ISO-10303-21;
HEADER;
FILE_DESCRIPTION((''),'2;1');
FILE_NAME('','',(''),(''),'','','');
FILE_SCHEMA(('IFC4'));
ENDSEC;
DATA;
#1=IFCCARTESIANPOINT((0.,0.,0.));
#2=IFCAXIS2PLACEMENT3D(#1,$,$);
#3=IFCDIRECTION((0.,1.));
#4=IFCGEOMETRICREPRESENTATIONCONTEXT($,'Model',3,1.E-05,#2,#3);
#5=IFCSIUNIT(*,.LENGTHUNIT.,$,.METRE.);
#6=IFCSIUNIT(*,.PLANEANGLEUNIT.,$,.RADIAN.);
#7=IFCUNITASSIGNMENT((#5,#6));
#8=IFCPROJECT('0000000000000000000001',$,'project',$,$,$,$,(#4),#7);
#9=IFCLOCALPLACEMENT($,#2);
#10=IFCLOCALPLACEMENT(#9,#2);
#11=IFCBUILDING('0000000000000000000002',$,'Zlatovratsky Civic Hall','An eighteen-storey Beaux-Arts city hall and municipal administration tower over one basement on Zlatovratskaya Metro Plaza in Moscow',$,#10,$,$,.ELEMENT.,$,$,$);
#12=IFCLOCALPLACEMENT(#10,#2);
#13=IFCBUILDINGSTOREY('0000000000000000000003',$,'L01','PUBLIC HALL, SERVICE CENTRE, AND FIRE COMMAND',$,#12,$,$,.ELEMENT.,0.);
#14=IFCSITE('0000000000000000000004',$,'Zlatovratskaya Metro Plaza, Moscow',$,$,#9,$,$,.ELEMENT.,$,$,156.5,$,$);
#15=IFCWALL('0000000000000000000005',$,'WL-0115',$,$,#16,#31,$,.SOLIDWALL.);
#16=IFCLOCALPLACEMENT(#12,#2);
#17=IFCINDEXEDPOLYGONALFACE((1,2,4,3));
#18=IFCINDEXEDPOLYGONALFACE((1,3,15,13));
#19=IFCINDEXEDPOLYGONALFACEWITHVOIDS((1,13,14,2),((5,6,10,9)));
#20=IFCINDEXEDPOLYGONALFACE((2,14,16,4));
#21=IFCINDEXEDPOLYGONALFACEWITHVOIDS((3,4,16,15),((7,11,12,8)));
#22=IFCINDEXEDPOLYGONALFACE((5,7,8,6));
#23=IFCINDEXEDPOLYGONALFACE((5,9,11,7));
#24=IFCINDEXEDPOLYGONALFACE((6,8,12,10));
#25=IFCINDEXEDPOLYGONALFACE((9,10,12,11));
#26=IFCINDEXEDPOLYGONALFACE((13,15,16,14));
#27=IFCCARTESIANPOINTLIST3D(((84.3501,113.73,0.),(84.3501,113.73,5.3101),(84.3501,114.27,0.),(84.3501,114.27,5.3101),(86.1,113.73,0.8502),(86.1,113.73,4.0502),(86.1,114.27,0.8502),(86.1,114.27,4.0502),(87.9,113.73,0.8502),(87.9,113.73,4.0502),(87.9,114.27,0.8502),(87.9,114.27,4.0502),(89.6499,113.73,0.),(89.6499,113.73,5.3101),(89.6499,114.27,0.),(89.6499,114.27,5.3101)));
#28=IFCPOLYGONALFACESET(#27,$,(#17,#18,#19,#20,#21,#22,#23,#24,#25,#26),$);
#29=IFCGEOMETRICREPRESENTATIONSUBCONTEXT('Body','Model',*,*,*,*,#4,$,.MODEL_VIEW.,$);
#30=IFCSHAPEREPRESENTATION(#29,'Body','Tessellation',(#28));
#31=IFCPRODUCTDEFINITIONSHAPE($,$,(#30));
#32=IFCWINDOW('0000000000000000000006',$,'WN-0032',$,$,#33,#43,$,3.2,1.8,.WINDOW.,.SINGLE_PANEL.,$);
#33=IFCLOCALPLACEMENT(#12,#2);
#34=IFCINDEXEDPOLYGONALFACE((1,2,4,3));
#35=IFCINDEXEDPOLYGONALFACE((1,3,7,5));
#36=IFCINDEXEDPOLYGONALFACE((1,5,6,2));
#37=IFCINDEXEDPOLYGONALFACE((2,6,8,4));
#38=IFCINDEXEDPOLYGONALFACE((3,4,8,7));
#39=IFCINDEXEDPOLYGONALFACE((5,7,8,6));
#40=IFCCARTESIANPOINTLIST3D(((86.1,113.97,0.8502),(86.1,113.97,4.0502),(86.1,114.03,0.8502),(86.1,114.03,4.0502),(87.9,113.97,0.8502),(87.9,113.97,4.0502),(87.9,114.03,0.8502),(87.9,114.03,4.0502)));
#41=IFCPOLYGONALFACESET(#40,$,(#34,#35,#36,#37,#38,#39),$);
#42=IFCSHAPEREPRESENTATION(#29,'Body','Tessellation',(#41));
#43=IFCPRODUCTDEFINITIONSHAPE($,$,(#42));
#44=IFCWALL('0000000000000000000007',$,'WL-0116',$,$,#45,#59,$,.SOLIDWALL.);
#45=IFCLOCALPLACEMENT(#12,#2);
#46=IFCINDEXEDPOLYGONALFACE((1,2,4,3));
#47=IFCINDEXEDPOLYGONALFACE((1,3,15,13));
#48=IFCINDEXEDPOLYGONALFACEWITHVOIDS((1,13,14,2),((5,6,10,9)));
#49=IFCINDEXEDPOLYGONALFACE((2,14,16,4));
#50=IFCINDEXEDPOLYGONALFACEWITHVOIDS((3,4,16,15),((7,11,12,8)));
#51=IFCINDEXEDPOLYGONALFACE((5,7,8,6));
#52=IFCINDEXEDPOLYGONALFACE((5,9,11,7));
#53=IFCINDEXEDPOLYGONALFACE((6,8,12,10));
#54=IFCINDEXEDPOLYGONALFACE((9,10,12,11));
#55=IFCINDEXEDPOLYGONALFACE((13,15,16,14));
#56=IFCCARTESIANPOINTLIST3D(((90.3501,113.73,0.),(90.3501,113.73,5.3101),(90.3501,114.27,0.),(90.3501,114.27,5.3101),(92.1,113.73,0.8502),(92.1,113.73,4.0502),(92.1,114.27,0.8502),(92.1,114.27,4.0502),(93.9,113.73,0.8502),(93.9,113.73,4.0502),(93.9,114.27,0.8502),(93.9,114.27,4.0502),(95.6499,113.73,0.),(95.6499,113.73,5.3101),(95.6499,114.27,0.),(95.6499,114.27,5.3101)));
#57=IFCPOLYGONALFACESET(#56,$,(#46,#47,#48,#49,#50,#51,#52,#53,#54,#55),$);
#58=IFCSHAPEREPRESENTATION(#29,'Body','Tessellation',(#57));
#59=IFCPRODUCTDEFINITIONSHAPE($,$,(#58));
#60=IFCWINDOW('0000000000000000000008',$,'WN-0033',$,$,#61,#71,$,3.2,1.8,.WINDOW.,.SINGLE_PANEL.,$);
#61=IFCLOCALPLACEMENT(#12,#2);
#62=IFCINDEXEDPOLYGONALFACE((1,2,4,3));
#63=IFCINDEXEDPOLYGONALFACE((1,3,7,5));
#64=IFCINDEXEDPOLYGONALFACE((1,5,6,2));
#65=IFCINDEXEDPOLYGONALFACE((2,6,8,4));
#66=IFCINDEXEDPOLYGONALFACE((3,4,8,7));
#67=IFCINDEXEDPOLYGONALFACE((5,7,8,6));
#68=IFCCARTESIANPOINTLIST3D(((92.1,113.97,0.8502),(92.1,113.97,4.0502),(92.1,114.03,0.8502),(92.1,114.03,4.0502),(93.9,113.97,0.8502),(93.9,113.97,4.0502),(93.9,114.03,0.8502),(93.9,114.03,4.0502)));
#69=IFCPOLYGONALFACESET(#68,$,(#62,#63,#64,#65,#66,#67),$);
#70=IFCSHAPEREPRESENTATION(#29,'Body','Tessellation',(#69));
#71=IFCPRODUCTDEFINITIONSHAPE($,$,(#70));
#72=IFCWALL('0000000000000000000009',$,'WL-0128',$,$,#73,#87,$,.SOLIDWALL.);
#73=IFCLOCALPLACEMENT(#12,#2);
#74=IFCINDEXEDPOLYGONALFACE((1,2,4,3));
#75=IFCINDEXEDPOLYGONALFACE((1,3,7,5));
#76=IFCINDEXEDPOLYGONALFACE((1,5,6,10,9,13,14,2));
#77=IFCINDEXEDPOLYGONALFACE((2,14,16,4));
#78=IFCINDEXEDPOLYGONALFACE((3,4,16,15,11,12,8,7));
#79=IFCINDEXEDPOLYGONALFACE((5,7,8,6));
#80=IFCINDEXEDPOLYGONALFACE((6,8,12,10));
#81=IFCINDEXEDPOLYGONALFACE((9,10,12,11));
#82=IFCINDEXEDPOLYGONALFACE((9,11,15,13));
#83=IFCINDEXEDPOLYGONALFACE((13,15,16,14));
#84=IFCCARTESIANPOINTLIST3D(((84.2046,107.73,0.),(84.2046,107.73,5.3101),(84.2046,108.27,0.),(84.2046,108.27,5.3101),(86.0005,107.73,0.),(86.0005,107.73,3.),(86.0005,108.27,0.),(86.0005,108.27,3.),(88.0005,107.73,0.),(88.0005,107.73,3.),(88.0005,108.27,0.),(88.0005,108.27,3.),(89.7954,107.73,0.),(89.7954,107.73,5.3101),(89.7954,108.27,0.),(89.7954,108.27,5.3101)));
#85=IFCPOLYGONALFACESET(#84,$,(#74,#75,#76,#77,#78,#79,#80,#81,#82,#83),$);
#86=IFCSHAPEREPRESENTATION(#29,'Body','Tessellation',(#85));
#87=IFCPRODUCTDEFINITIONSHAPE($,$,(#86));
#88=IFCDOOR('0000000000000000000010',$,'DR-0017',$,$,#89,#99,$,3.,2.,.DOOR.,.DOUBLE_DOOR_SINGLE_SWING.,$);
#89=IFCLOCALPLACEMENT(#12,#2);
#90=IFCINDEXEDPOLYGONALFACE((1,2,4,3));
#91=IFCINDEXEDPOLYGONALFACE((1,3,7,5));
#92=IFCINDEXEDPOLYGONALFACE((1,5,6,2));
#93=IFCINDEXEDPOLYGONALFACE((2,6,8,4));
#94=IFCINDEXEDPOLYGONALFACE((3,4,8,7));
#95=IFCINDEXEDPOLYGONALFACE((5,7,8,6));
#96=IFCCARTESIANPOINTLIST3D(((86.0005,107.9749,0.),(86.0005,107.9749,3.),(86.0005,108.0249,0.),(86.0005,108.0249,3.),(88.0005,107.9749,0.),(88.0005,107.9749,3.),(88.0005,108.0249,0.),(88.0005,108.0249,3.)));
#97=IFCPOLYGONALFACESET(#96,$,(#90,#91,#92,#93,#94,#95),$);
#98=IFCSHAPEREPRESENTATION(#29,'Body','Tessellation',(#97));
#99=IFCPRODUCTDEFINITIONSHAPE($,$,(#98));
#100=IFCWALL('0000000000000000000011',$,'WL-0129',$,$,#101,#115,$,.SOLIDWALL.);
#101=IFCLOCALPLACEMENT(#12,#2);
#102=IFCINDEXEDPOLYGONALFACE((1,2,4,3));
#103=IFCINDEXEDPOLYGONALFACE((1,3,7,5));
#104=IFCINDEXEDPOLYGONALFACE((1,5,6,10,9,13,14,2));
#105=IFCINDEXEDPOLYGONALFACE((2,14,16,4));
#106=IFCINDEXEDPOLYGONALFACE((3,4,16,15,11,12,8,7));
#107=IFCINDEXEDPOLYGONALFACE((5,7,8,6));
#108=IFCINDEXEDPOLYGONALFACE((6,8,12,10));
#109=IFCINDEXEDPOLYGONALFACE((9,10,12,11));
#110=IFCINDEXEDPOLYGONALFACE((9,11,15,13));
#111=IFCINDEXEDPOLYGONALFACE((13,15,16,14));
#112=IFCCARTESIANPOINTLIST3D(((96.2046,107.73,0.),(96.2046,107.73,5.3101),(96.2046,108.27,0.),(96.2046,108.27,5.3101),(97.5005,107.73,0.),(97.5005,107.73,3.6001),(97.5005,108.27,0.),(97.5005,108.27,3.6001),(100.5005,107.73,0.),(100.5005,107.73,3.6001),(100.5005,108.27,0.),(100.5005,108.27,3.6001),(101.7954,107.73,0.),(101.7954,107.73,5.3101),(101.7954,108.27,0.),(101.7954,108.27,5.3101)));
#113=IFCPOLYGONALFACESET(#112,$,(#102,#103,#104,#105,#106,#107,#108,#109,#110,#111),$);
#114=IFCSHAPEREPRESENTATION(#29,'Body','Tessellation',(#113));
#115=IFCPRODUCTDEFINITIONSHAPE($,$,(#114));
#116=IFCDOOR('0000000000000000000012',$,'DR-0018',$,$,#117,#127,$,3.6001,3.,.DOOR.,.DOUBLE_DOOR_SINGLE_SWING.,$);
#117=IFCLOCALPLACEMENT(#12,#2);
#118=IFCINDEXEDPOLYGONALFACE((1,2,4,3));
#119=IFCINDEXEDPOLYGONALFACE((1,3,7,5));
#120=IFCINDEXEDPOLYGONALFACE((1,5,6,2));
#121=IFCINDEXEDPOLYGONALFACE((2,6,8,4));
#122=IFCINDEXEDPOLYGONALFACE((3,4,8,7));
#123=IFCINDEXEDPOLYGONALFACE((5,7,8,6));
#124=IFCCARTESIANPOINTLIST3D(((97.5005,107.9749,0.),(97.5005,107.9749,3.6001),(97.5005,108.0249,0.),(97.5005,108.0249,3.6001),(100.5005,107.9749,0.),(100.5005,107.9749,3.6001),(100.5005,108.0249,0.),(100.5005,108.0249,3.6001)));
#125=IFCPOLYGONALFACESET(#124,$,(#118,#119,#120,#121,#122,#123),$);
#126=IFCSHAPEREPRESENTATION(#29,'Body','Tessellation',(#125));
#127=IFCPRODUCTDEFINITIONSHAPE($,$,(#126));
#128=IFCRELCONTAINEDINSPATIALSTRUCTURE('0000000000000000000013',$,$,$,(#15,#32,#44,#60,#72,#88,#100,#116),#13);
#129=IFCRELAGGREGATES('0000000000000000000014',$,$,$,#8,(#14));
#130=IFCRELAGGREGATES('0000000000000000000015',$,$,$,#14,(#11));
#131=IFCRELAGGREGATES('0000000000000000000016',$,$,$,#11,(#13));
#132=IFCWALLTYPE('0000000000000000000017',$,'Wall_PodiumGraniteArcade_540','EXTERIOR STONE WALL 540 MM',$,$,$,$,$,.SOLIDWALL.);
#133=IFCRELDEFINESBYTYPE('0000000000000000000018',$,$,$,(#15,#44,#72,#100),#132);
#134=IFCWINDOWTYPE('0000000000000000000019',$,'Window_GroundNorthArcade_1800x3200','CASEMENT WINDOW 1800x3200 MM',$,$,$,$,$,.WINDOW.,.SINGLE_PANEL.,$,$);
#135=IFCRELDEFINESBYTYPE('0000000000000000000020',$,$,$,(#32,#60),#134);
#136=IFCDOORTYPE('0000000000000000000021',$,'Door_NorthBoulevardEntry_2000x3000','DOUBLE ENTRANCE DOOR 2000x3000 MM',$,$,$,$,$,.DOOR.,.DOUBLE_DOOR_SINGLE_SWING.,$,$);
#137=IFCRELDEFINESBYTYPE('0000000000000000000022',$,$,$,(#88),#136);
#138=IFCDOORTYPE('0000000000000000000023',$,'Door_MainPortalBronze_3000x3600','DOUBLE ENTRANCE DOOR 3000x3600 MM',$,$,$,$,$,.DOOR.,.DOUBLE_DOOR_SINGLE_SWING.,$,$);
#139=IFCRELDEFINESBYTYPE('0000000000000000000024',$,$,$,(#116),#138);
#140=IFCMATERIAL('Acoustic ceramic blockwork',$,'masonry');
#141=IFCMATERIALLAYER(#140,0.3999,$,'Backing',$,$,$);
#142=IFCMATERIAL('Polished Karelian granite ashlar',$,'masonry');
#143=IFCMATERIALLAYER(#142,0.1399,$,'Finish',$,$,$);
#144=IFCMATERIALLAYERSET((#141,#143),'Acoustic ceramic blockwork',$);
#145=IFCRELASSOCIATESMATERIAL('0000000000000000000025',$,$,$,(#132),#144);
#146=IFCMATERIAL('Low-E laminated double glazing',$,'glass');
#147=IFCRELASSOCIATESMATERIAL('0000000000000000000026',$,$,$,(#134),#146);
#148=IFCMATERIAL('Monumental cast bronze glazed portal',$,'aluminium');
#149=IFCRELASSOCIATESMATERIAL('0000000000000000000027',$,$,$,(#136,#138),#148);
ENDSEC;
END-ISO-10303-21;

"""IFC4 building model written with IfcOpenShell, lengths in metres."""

from ifc_helpers import new_model, si_unit, direction, frame, frame_2d, origin, place, context, subcontext, project, spatial, rectangle, extrude, material, layer, layer_set, type_object, element, fill, save


model = new_model("IFC4")

# Units and contexts
model_context = context("Model", 3, precision=1e-05, world=origin(), true_north=direction((0.0, 1.0)))
body_context = subcontext(model_context, "Body", "Model", "MODEL_VIEW")
ifc_project = project(units=[si_unit("LENGTHUNIT", "METRE"), si_unit("PLANEANGLEUNIT", "RADIAN")], contexts=[model_context])

# Site, building, storey
site_placement = place(None, origin())
site = spatial("IfcSite", under=ifc_project, at=site_placement, Name="Zlatovratskaya Metro Plaza, Moscow", CompositionType="ELEMENT", RefElevation=156.5)
building_placement = place(site_placement, origin())
building = spatial("IfcBuilding", under=site, at=building_placement, Name="Zlatovratsky Civic Hall", Description="An eighteen-storey Beaux-Arts city hall and municipal administration tower over one basement on Zlatovratskaya Metro Plaza in Moscow", CompositionType="ELEMENT")
storey_placement = place(building_placement, origin())
storey = spatial("IfcBuildingStorey", under=building, at=storey_placement, Name="L01", Description="PUBLIC HALL, SERVICE CENTRE, AND FIRE COMMAND", CompositionType="ELEMENT", Elevation=0.0)

# Walls, openings, windows
ifc_material_1 = material(Name="Acoustic ceramic blockwork", Category="masonry")
ifc_layer_1 = layer(ifc_material_1, 0.3999, Name="Backing")
ifc_material_2 = material(Name="Polished Karelian granite ashlar", Category="masonry")
ifc_layer_2 = layer(ifc_material_2, 0.1399, Name="Finish")
ifc_layer_set = layer_set([ifc_layer_1, ifc_layer_2], Name="Acoustic ceramic blockwork")
wall_type = type_object("IfcWallType", Name="Wall_PodiumGraniteArcade_540", Description="EXTERIOR STONE WALL 540 MM", PredefinedType="SOLIDWALL", material=ifc_layer_set)
wall_1_placement = place(storey_placement, frame((84.3501, 114.0, 0.0), z_axis=(0.0, 0.0, 1.0), x_axis=(1.0, 0.0, 0.0)))
wall_1 = element("IfcWall", 1, at=wall_1_placement, inside=storey, type_object=wall_type, Name="WL-0115", PredefinedType="SOLIDWALL", context=body_context, shape_type="SweptSolid", body=[
    extrude(rectangle(XDim=5.2998, YDim=0.54, at=frame_2d((2.6499, 0.0))), origin(), (0.0, 0.0, 1.0), 5.3101),
])
opening_1_placement = place(wall_1_placement, frame((1.75, 0.0, 0.8501)))
opening_1 = element("IfcOpeningElement", 2, at=opening_1_placement, cuts=wall_1, PredefinedType="OPENING", context=body_context, shape_type="SweptSolid", body=[
    extrude(rectangle(XDim=1.8, YDim=3.2, at=frame_2d((0.8999, 1.6001))), frame((0.0, 0.2849, 0.0), z_axis=(0.0, -1.0, 0.0), x_axis=(1.0, 0.0, 0.0)), (0.0, 0.0, 1.0), 0.5698),
])
ifc_material_3 = material(Name="Low-E laminated double glazing", Category="glass")
window_type = type_object("IfcWindowType", Name="Window_GroundNorthArcade_1800x3200", Description="CASEMENT WINDOW 1800x3200 MM", PartitioningType="SINGLE_PANEL", PredefinedType="WINDOW", material=ifc_material_3)
window_1_placement = place(opening_1_placement, origin())
window_1 = element("IfcWindow", 3, at=window_1_placement, inside=storey, type_object=window_type, Name="WN-0032", OverallHeight=3.2, OverallWidth=1.8, PartitioningType="SINGLE_PANEL", PredefinedType="WINDOW", context=body_context, shape_type="SweptSolid", body=[
    extrude(rectangle(XDim=1.8, YDim=3.2, at=frame_2d((0.8999, 1.6001))), frame((0.0, 0.03, 0.0), z_axis=(0.0, -1.0, 0.0), x_axis=(1.0, 0.0, 0.0)), (0.0, 0.0, 1.0), 0.0601),
])
fill(opening_1, window_1)
wall_2_placement = place(storey_placement, frame((90.3501, 114.0, 0.0), z_axis=(0.0, 0.0, 1.0), x_axis=(1.0, 0.0, 0.0)))
wall_2 = element("IfcWall", 4, at=wall_2_placement, inside=storey, type_object=wall_type, Name="WL-0116", PredefinedType="SOLIDWALL", context=body_context, shape_type="SweptSolid", body=[
    extrude(rectangle(XDim=5.2998, YDim=0.54, at=frame_2d((2.6499, 0.0))), origin(), (0.0, 0.0, 1.0), 5.3101),
])
opening_2_placement = place(wall_2_placement, frame((1.75, 0.0, 0.8501)))
opening_2 = element("IfcOpeningElement", 5, at=opening_2_placement, cuts=wall_2, PredefinedType="OPENING", context=body_context, shape_type="SweptSolid", body=[
    extrude(rectangle(XDim=1.8, YDim=3.2, at=frame_2d((0.8999, 1.6001))), frame((0.0, 0.2849, 0.0), z_axis=(0.0, -1.0, 0.0), x_axis=(1.0, 0.0, 0.0)), (0.0, 0.0, 1.0), 0.5698),
])
window_2_placement = place(opening_2_placement, origin())
window_2 = element("IfcWindow", 6, at=window_2_placement, inside=storey, type_object=window_type, Name="WN-0033", OverallHeight=3.2, OverallWidth=1.8, PartitioningType="SINGLE_PANEL", PredefinedType="WINDOW", context=body_context, shape_type="SweptSolid", body=[
    extrude(rectangle(XDim=1.8, YDim=3.2, at=frame_2d((0.8999, 1.6001))), frame((0.0, 0.03, 0.0), z_axis=(0.0, -1.0, 0.0), x_axis=(1.0, 0.0, 0.0)), (0.0, 0.0, 1.0), 0.0601),
])
fill(opening_2, window_2)

# Walls, openings, doors
wall_3_placement = place(storey_placement, frame((84.2046, 108.0, 0.0), z_axis=(0.0, 0.0, 1.0), x_axis=(1.0, 0.0, 0.0)))
wall_3 = element("IfcWall", 7, at=wall_3_placement, inside=storey, type_object=wall_type, Name="WL-0128", PredefinedType="SOLIDWALL", context=body_context, shape_type="SweptSolid", body=[
    extrude(rectangle(XDim=5.5908, YDim=0.54, at=frame_2d((2.7954, 0.0))), origin(), (0.0, 0.0, 1.0), 5.3101),
])
opening_3_placement = place(wall_3_placement, frame((1.7959, 0.0, 0.0)))
opening_3 = element("IfcOpeningElement", 8, at=opening_3_placement, cuts=wall_3, PredefinedType="OPENING", context=body_context, shape_type="SweptSolid", body=[
    extrude(rectangle(XDim=2.0, YDim=3.0, at=frame_2d((1.0, 1.5))), frame((0.0, 0.2849, 0.0), z_axis=(0.0, -1.0, 0.0), x_axis=(1.0, 0.0, 0.0)), (0.0, 0.0, 1.0), 0.5698),
])
ifc_material_4 = material(Name="Monumental cast bronze glazed portal", Category="aluminium")
door_type_1 = type_object("IfcDoorType", Name="Door_NorthBoulevardEntry_2000x3000", Description="DOUBLE ENTRANCE DOOR 2000x3000 MM", OperationType="DOUBLE_DOOR_SINGLE_SWING", PredefinedType="DOOR", material=ifc_material_4)
door_1_placement = place(opening_3_placement, origin())
door_1 = element("IfcDoor", 9, at=door_1_placement, inside=storey, type_object=door_type_1, Name="DR-0017", OperationType="DOUBLE_DOOR_SINGLE_SWING", OverallHeight=3.0, OverallWidth=2.0, PredefinedType="DOOR", context=body_context, shape_type="SweptSolid", body=[
    extrude(rectangle(XDim=2.0, YDim=3.0, at=frame_2d((1.0, 1.5))), frame((0.0, 0.0249, 0.0), z_axis=(0.0, -1.0, 0.0), x_axis=(1.0, 0.0, 0.0)), (0.0, 0.0, 1.0), 0.05),
])
fill(opening_3, door_1)
wall_4_placement = place(storey_placement, frame((96.2046, 108.0, 0.0), z_axis=(0.0, 0.0, 1.0), x_axis=(1.0, 0.0, 0.0)))
wall_4 = element("IfcWall", 10, at=wall_4_placement, inside=storey, type_object=wall_type, Name="WL-0129", PredefinedType="SOLIDWALL", context=body_context, shape_type="SweptSolid", body=[
    extrude(rectangle(XDim=5.5908, YDim=0.54, at=frame_2d((2.7954, 0.0))), origin(), (0.0, 0.0, 1.0), 5.3101),
])
opening_4_placement = place(wall_4_placement, frame((1.2959, 0.0, 0.0)))
opening_4 = element("IfcOpeningElement", 11, at=opening_4_placement, cuts=wall_4, PredefinedType="OPENING", context=body_context, shape_type="SweptSolid", body=[
    extrude(rectangle(XDim=3.0, YDim=3.6001, at=frame_2d((1.5, 1.8))), frame((0.0, 0.2849, 0.0), z_axis=(0.0, -1.0, 0.0), x_axis=(1.0, 0.0, 0.0)), (0.0, 0.0, 1.0), 0.5698),
])
door_type_2 = type_object("IfcDoorType", Name="Door_MainPortalBronze_3000x3600", Description="DOUBLE ENTRANCE DOOR 3000x3600 MM", OperationType="DOUBLE_DOOR_SINGLE_SWING", PredefinedType="DOOR", material=ifc_material_4)
door_2_placement = place(opening_4_placement, origin())
door_2 = element("IfcDoor", 12, at=door_2_placement, inside=storey, type_object=door_type_2, Name="DR-0018", OperationType="DOUBLE_DOOR_SINGLE_SWING", OverallHeight=3.6001, OverallWidth=3.0, PredefinedType="DOOR", context=body_context, shape_type="SweptSolid", body=[
    extrude(rectangle(XDim=3.0, YDim=3.6001, at=frame_2d((1.5, 1.8))), frame((0.0, 0.0249, 0.0), z_axis=(0.0, -1.0, 0.0), x_axis=(1.0, 0.0, 0.0)), (0.0, 0.0, 1.0), 0.05),
])
fill(opening_4, door_2)

save(model, "model.ifc")
